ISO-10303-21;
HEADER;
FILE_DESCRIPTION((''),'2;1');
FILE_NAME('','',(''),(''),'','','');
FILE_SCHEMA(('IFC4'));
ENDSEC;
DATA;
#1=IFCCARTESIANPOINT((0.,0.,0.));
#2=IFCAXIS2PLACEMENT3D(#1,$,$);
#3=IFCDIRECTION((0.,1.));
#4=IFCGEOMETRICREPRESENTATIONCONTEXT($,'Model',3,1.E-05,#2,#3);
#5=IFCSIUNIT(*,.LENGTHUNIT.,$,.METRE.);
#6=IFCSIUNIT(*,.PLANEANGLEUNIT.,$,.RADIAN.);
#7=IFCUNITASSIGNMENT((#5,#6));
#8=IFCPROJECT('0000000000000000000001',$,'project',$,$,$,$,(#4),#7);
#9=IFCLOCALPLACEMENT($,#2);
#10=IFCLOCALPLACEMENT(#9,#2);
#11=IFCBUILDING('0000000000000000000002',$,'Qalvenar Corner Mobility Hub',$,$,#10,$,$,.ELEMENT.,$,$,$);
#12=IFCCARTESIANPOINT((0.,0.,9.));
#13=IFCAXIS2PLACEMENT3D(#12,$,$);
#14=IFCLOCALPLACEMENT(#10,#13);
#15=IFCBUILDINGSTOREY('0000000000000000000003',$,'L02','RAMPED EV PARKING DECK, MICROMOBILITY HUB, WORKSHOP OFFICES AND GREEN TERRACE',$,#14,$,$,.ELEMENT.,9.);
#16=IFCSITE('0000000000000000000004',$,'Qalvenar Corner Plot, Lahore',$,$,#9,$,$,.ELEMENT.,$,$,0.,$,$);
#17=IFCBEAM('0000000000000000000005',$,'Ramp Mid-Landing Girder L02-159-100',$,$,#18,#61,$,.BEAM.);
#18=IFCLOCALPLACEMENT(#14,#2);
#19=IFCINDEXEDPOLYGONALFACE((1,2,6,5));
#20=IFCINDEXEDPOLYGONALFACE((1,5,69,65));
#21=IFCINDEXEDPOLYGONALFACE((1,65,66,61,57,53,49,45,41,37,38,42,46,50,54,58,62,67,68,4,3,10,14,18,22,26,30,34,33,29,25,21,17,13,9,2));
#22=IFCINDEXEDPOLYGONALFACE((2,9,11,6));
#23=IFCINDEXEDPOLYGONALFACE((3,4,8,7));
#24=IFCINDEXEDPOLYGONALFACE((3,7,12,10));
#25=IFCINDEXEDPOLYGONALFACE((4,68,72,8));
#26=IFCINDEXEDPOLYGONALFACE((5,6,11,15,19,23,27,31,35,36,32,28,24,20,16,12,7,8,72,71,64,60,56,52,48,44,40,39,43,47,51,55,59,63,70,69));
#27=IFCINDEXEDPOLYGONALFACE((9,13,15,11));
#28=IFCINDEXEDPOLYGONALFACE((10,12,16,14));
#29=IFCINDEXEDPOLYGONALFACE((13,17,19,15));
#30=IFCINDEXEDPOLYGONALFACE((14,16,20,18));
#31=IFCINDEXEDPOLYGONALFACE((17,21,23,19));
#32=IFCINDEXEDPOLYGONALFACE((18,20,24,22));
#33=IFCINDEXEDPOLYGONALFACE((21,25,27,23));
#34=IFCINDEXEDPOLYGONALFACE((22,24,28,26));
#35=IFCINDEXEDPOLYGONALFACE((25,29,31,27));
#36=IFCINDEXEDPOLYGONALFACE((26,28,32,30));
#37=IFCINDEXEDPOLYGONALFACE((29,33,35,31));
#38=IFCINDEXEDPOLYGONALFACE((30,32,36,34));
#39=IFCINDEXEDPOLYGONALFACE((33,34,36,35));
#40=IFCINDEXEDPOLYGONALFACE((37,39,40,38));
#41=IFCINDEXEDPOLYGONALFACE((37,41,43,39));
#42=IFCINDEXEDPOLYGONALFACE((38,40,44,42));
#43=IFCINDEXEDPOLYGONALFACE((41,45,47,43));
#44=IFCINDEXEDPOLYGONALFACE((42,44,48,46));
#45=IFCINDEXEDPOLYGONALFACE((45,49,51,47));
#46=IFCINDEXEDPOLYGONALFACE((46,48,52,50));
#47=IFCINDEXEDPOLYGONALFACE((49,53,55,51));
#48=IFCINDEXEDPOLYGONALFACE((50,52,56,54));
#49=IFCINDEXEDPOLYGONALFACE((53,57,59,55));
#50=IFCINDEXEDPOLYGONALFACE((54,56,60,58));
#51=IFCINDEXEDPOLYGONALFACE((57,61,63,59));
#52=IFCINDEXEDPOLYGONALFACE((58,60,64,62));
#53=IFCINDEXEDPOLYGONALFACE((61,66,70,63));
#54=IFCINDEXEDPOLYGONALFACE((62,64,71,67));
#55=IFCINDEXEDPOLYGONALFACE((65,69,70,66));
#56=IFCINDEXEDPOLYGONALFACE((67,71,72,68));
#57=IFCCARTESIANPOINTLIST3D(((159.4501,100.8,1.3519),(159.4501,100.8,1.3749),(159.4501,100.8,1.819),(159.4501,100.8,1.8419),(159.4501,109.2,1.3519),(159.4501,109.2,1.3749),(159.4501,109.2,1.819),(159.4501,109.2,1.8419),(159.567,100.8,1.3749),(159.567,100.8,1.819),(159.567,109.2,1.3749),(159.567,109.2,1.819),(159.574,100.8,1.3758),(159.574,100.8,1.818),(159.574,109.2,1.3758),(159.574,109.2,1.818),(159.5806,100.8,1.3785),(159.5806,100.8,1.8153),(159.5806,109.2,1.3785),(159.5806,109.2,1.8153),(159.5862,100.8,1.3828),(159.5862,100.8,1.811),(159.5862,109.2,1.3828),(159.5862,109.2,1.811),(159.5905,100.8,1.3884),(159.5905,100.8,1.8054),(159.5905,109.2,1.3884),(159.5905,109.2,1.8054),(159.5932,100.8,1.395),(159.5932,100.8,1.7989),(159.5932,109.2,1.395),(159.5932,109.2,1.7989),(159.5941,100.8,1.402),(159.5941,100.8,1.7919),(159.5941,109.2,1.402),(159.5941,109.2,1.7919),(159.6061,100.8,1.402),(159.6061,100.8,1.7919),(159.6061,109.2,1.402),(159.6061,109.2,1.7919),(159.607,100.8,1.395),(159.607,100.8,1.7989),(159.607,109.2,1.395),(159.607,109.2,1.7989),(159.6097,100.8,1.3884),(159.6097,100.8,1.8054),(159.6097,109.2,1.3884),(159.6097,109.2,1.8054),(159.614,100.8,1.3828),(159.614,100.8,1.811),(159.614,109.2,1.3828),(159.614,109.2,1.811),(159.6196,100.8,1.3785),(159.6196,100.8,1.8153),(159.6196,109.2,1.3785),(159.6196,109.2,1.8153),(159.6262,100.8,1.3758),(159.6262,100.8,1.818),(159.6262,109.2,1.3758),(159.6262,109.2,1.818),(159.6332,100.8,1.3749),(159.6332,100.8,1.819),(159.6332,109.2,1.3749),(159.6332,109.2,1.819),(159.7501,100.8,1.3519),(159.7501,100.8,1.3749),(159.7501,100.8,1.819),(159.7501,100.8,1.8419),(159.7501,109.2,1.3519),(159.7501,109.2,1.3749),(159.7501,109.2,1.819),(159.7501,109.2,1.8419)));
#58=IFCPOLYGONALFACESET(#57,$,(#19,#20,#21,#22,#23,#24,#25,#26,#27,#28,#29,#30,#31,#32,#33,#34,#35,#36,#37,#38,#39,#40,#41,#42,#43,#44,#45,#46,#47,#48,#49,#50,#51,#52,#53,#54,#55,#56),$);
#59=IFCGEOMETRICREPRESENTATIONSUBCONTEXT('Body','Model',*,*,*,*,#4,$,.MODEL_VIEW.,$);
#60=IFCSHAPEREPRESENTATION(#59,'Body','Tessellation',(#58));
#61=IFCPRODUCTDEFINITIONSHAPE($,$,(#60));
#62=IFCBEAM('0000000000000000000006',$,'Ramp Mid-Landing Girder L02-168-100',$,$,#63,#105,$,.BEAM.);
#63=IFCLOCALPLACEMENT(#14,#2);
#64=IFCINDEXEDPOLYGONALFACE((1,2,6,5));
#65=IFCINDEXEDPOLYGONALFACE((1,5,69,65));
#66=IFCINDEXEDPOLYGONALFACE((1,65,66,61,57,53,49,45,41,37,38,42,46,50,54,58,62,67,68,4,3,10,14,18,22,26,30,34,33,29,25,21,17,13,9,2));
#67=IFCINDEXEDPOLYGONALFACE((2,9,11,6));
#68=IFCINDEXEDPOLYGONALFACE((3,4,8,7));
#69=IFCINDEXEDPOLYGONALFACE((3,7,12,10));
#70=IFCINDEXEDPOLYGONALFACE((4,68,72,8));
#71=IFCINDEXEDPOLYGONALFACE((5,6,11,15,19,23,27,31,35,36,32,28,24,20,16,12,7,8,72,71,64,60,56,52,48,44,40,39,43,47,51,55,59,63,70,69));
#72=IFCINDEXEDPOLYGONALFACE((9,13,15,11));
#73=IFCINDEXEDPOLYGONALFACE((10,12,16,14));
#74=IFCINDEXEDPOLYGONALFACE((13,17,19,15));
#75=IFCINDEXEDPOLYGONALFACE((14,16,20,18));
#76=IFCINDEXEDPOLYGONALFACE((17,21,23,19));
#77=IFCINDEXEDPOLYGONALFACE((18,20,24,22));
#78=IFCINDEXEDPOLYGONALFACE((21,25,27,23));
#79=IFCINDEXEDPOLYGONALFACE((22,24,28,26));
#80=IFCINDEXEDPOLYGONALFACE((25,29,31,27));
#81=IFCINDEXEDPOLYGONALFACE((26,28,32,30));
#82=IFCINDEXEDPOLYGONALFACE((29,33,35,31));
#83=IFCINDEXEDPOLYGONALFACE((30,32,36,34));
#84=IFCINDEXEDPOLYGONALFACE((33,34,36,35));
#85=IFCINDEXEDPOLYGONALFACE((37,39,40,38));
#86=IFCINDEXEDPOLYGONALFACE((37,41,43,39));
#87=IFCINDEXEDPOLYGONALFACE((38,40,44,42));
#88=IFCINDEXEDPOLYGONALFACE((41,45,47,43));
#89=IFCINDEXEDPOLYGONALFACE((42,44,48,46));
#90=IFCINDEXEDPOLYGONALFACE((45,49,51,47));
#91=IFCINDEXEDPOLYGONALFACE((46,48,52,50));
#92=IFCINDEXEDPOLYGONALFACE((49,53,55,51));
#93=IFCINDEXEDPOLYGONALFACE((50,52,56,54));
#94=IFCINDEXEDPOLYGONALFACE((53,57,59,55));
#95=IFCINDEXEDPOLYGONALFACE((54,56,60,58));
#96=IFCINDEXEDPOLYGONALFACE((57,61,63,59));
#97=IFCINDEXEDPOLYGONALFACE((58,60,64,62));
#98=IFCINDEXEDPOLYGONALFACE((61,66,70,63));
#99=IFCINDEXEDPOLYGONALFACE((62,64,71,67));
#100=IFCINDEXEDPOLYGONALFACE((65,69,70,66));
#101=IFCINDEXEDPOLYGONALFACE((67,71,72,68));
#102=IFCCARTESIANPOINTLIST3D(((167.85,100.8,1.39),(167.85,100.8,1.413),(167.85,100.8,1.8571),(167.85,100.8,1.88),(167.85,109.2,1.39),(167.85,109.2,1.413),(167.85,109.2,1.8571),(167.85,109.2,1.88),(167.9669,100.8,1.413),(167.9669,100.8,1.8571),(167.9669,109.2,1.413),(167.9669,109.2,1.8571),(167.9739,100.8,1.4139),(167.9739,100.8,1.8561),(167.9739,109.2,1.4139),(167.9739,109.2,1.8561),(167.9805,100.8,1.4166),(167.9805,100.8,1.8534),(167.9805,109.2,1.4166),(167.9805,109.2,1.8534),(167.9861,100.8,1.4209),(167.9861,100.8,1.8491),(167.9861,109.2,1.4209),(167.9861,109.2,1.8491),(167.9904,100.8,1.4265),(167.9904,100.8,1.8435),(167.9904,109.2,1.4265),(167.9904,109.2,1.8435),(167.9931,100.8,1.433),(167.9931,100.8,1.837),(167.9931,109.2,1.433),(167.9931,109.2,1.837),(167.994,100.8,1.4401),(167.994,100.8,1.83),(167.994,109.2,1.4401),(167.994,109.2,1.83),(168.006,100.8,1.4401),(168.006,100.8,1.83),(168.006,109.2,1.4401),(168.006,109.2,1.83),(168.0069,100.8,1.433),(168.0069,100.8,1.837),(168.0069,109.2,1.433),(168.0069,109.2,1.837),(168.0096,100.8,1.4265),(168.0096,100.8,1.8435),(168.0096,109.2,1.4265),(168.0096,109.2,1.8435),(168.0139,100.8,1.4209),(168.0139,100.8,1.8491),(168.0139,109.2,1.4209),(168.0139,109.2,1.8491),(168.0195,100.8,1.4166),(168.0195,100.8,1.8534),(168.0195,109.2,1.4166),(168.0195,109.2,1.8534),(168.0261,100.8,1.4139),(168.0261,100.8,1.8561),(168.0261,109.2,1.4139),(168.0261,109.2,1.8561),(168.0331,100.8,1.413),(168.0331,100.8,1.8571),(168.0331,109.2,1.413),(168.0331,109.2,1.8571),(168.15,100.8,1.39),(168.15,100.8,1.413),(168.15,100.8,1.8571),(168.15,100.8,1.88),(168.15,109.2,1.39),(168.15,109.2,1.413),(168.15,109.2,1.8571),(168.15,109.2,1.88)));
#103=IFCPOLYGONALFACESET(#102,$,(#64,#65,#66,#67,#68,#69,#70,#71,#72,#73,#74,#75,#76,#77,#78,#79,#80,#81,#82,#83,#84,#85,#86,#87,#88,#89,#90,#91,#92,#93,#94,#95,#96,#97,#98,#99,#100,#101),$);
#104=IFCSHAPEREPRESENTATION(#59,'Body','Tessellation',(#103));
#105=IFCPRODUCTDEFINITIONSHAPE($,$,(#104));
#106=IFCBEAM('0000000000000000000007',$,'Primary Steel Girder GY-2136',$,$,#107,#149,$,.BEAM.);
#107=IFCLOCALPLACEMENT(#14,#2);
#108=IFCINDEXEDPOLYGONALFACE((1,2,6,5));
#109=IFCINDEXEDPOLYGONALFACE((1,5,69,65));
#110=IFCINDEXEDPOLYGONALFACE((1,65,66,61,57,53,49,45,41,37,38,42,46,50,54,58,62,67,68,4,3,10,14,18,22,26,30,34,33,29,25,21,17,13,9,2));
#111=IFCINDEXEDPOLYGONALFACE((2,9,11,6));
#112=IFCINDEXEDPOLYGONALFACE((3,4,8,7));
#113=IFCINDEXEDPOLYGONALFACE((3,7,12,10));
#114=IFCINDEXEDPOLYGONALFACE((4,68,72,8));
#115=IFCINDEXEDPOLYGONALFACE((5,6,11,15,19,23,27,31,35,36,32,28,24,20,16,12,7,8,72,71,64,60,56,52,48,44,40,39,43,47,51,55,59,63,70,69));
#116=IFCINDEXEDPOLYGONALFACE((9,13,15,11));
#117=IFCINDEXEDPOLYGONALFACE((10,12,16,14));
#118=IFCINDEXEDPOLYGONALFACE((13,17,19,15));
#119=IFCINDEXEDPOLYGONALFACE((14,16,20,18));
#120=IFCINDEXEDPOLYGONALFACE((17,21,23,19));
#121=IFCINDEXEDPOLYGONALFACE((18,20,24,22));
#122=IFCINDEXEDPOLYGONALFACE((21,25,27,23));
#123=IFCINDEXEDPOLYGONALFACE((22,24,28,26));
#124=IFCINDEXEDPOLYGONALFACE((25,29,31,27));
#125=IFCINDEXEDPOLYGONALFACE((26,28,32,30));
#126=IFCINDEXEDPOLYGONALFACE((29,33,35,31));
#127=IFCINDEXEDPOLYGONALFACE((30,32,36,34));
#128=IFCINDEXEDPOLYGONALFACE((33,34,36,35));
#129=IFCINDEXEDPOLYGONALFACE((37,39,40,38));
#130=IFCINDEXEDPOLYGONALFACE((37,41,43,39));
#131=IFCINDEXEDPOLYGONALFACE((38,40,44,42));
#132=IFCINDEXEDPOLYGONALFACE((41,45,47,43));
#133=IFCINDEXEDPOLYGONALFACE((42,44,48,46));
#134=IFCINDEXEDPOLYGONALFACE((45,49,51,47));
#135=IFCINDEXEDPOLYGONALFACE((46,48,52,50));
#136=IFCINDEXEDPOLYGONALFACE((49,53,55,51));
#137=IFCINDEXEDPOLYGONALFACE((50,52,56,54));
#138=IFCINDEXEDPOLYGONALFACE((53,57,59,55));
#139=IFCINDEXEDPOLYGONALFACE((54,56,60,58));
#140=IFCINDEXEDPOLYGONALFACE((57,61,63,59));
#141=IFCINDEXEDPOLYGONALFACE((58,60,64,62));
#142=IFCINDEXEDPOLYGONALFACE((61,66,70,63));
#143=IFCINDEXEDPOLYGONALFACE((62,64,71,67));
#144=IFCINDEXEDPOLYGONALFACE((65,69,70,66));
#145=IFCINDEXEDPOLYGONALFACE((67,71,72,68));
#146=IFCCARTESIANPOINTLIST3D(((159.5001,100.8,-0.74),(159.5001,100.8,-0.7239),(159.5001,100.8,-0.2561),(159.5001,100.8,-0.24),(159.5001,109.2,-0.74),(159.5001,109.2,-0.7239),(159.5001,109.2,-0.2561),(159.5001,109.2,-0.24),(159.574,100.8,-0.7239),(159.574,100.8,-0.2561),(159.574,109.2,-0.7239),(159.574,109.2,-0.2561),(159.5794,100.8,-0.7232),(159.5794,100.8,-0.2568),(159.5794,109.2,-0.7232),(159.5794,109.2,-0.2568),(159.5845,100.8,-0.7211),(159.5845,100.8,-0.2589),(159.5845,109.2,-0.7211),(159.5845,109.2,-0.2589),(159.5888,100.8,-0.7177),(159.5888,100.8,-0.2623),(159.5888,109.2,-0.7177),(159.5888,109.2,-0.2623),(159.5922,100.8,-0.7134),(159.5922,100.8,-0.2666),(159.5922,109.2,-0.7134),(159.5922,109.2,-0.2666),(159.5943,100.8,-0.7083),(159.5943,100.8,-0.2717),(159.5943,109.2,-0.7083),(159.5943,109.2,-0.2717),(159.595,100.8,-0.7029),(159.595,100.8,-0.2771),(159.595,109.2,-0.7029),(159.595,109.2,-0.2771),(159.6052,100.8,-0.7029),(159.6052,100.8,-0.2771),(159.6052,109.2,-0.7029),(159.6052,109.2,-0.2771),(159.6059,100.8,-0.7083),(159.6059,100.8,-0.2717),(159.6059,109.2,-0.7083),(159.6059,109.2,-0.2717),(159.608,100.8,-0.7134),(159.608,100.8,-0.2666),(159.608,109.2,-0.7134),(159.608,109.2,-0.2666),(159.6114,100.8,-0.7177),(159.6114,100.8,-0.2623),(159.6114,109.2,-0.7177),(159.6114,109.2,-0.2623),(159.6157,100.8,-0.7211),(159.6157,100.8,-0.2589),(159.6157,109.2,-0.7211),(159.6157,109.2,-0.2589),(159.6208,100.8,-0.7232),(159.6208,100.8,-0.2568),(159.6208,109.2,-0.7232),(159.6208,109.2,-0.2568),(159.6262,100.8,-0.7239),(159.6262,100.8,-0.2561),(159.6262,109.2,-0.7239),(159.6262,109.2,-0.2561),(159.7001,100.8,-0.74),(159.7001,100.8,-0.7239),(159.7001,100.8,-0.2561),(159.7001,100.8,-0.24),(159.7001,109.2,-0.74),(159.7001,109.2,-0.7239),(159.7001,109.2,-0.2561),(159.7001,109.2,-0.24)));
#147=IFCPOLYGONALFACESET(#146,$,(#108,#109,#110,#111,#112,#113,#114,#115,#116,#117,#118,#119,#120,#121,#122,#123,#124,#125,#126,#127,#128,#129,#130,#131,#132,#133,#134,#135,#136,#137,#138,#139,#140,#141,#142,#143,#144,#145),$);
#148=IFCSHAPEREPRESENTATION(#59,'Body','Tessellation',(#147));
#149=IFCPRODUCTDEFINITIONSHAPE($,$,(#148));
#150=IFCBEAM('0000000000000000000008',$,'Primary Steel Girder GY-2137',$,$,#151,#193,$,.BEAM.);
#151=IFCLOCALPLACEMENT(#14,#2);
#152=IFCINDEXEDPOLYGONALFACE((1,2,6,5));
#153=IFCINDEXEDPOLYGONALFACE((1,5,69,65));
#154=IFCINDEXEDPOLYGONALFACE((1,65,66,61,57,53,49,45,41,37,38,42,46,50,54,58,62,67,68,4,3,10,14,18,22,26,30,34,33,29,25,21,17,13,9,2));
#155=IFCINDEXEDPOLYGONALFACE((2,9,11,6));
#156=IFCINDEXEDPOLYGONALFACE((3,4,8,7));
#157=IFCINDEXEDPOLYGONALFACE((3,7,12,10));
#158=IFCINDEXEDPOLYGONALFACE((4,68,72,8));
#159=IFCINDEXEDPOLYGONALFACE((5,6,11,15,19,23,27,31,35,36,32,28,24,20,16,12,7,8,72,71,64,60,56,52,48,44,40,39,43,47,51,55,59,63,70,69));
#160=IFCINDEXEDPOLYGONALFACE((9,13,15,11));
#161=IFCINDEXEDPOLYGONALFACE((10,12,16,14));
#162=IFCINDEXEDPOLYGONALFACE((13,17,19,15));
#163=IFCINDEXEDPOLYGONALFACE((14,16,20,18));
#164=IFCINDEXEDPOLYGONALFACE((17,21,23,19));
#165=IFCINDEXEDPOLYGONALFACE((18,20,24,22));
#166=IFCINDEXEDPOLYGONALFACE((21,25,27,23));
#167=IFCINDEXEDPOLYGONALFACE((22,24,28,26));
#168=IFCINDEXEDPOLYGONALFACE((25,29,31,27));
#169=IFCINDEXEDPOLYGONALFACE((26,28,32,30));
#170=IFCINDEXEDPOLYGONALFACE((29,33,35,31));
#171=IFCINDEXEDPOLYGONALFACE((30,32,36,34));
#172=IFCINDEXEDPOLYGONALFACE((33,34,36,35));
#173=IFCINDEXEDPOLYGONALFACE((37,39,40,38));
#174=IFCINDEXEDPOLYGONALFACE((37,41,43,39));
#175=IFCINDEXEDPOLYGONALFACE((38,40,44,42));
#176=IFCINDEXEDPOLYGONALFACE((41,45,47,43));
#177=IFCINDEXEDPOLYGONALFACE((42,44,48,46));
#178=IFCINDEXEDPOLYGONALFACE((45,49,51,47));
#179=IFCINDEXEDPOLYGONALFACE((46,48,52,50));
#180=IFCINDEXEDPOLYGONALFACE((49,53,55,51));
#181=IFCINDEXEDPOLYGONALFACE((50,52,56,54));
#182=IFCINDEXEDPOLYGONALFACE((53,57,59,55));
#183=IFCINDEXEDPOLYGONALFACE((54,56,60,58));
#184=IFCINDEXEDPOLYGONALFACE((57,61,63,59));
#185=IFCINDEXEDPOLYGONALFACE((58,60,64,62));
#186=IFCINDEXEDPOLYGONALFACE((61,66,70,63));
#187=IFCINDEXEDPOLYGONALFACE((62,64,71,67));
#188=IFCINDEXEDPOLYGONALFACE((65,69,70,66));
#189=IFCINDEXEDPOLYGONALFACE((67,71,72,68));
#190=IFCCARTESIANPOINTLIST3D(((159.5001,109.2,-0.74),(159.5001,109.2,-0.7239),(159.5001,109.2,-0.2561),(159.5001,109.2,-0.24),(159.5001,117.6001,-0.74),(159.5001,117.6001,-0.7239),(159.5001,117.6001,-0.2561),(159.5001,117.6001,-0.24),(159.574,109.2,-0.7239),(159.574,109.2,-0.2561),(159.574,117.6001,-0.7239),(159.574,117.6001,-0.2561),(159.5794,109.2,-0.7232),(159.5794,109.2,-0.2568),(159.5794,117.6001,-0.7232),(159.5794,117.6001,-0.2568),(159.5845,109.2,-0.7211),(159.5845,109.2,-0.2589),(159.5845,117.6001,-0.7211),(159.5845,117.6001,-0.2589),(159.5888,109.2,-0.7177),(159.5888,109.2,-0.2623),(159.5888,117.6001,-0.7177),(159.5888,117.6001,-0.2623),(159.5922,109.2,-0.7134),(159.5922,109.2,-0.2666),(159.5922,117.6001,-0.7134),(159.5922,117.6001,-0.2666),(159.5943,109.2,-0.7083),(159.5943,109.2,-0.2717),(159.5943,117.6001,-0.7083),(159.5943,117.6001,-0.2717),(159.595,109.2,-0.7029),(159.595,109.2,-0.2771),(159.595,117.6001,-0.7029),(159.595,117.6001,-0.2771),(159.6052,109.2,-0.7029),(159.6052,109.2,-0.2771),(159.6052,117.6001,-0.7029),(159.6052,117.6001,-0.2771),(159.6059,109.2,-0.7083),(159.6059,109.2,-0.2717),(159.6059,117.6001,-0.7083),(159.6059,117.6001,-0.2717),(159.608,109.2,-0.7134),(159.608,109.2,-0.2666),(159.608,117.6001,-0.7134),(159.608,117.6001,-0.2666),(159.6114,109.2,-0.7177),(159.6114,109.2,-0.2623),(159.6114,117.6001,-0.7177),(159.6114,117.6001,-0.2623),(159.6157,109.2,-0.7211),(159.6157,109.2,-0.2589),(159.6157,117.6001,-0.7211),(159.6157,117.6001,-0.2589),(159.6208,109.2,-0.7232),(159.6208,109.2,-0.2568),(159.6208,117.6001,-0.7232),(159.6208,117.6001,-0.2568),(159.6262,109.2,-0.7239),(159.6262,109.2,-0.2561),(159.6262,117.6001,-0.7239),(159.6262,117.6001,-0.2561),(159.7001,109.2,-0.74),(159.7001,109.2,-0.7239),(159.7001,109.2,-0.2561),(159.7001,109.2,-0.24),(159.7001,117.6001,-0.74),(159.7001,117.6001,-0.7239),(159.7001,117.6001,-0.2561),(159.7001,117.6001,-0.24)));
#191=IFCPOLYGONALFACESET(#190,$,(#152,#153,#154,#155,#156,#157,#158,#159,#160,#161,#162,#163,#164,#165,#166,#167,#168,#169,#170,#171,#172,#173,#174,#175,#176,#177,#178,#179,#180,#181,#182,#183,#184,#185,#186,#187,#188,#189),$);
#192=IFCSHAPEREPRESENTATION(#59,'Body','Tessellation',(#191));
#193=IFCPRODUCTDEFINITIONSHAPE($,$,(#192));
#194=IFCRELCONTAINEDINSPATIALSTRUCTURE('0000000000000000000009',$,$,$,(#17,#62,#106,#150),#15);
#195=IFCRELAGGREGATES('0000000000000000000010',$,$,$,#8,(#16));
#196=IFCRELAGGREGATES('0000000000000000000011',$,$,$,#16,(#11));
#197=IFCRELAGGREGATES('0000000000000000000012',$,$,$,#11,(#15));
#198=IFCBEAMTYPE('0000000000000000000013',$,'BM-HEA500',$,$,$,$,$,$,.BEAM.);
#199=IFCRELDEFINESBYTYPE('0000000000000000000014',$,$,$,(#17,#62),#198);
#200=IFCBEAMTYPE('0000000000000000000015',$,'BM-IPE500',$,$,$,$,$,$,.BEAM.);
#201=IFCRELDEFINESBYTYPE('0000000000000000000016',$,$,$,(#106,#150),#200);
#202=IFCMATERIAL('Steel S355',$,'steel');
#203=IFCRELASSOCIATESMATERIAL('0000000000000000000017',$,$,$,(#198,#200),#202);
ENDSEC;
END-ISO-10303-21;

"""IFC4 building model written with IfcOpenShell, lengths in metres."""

from ifc_helpers import new_model, si_unit, direction, frame, origin, origin_2d, place, context, subcontext, project, spatial, i_section, extrude, material, material_profile, profile_set, type_object, element, save


model = new_model("IFC4")

# Units and contexts
model_context = context("Model", 3, precision=1e-05, world=origin(), true_north=direction((0.0, 1.0)))
body_context = subcontext(model_context, "Body", "Model", "MODEL_VIEW")
ifc_project = project(units=[si_unit("LENGTHUNIT", "METRE"), si_unit("PLANEANGLEUNIT", "RADIAN")], contexts=[model_context])

# Site, building, storey
site_placement = place(None, origin())
site = spatial("IfcSite", under=ifc_project, at=site_placement, Name="Qalvenar Corner Plot, Lahore", CompositionType="ELEMENT", RefElevation=0.0)
building_placement = place(site_placement, origin())
building = spatial("IfcBuilding", under=site, at=building_placement, Name="Qalvenar Corner Mobility Hub", CompositionType="ELEMENT")
storey_placement = place(building_placement, frame((0.0, 0.0, 9.0)))
storey = spatial("IfcBuildingStorey", under=building, at=storey_placement, Name="L02", Description="RAMPED EV PARKING DECK, MICROMOBILITY HUB, WORKSHOP OFFICES AND GREEN TERRACE", CompositionType="ELEMENT", Elevation=9.0)

# Shared definitions
ifc_material_1 = material(Name="Steel S355", Category="steel")

# Beams
ifc_material_profile_1 = material_profile(ifc_material_1, i_section(OverallWidth=0.3, OverallDepth=0.49, WebThickness=0.012, FlangeThickness=0.0229, FilletRadius=0.0271, at=origin_2d()), Name="HEA500")
ifc_profile_set_1 = profile_set([ifc_material_profile_1], Name="Steel S355")
beam_type_1 = type_object("IfcBeamType", Name="BM-HEA500", PredefinedType="BEAM", material=ifc_profile_set_1)
for number, where, z_axis, x_axis, name in (
    (1, (159.6001, 100.8, 1.5969), (0.0, 1.0, 0.0), (-1.0, 0.0, 0.0), "Ramp Mid-Landing Girder L02-159-100"),
    (2, (168.0, 100.8, 1.635), (0.0, 1.0, 0.0), (-1.0, 0.0, 0.0), "Ramp Mid-Landing Girder L02-168-100"),
):
    element("IfcBeam", number, at=place(storey_placement, frame(where, z_axis=z_axis, x_axis=x_axis)), inside=storey, type_object=beam_type_1, Name=name, PredefinedType="BEAM", context=body_context, shape_type="SweptSolid", body=[
        extrude(i_section(OverallWidth=0.3, OverallDepth=0.49, WebThickness=0.012, FlangeThickness=0.0229, FilletRadius=0.0271, at=origin_2d()), origin(), (0.0, 0.0, 1.0), 8.3999),
    ])
ifc_material_profile_2 = material_profile(ifc_material_1, i_section(OverallWidth=0.2, OverallDepth=0.5, WebThickness=0.0103, FlangeThickness=0.0161, FilletRadius=0.021, at=origin_2d()), Name="IPE500")
ifc_profile_set_2 = profile_set([ifc_material_profile_2], Name="Steel S355")
beam_type_2 = type_object("IfcBeamType", Name="BM-IPE500", PredefinedType="BEAM", material=ifc_profile_set_2)
beam_1_placement = place(storey_placement, frame((159.6001, 100.8, -0.49), z_axis=(0.0, 1.0, 0.0), x_axis=(-1.0, 0.0, 0.0)))
element("IfcBeam", 3, at=beam_1_placement, inside=storey, type_object=beam_type_2, Name="Primary Steel Girder GY-2136", PredefinedType="BEAM", context=body_context, shape_type="SweptSolid", body=[
    extrude(i_section(OverallWidth=0.2, OverallDepth=0.5, WebThickness=0.0103, FlangeThickness=0.0161, FilletRadius=0.021, at=origin_2d()), origin(), (0.0, 0.0, 1.0), 8.3999),
])
beam_2_placement = place(storey_placement, frame((159.6001, 109.2, -0.49), z_axis=(0.0, 1.0, 0.0), x_axis=(-1.0, 0.0, 0.0)))
element("IfcBeam", 4, at=beam_2_placement, inside=storey, type_object=beam_type_2, Name="Primary Steel Girder GY-2137", PredefinedType="BEAM", context=body_context, shape_type="SweptSolid", body=[
    extrude(i_section(OverallWidth=0.2, OverallDepth=0.5, WebThickness=0.0103, FlangeThickness=0.0161, FilletRadius=0.021, at=origin_2d()), origin(), (0.0, 0.0, 1.0), 8.4001),
])

save(model, "model.ifc")
